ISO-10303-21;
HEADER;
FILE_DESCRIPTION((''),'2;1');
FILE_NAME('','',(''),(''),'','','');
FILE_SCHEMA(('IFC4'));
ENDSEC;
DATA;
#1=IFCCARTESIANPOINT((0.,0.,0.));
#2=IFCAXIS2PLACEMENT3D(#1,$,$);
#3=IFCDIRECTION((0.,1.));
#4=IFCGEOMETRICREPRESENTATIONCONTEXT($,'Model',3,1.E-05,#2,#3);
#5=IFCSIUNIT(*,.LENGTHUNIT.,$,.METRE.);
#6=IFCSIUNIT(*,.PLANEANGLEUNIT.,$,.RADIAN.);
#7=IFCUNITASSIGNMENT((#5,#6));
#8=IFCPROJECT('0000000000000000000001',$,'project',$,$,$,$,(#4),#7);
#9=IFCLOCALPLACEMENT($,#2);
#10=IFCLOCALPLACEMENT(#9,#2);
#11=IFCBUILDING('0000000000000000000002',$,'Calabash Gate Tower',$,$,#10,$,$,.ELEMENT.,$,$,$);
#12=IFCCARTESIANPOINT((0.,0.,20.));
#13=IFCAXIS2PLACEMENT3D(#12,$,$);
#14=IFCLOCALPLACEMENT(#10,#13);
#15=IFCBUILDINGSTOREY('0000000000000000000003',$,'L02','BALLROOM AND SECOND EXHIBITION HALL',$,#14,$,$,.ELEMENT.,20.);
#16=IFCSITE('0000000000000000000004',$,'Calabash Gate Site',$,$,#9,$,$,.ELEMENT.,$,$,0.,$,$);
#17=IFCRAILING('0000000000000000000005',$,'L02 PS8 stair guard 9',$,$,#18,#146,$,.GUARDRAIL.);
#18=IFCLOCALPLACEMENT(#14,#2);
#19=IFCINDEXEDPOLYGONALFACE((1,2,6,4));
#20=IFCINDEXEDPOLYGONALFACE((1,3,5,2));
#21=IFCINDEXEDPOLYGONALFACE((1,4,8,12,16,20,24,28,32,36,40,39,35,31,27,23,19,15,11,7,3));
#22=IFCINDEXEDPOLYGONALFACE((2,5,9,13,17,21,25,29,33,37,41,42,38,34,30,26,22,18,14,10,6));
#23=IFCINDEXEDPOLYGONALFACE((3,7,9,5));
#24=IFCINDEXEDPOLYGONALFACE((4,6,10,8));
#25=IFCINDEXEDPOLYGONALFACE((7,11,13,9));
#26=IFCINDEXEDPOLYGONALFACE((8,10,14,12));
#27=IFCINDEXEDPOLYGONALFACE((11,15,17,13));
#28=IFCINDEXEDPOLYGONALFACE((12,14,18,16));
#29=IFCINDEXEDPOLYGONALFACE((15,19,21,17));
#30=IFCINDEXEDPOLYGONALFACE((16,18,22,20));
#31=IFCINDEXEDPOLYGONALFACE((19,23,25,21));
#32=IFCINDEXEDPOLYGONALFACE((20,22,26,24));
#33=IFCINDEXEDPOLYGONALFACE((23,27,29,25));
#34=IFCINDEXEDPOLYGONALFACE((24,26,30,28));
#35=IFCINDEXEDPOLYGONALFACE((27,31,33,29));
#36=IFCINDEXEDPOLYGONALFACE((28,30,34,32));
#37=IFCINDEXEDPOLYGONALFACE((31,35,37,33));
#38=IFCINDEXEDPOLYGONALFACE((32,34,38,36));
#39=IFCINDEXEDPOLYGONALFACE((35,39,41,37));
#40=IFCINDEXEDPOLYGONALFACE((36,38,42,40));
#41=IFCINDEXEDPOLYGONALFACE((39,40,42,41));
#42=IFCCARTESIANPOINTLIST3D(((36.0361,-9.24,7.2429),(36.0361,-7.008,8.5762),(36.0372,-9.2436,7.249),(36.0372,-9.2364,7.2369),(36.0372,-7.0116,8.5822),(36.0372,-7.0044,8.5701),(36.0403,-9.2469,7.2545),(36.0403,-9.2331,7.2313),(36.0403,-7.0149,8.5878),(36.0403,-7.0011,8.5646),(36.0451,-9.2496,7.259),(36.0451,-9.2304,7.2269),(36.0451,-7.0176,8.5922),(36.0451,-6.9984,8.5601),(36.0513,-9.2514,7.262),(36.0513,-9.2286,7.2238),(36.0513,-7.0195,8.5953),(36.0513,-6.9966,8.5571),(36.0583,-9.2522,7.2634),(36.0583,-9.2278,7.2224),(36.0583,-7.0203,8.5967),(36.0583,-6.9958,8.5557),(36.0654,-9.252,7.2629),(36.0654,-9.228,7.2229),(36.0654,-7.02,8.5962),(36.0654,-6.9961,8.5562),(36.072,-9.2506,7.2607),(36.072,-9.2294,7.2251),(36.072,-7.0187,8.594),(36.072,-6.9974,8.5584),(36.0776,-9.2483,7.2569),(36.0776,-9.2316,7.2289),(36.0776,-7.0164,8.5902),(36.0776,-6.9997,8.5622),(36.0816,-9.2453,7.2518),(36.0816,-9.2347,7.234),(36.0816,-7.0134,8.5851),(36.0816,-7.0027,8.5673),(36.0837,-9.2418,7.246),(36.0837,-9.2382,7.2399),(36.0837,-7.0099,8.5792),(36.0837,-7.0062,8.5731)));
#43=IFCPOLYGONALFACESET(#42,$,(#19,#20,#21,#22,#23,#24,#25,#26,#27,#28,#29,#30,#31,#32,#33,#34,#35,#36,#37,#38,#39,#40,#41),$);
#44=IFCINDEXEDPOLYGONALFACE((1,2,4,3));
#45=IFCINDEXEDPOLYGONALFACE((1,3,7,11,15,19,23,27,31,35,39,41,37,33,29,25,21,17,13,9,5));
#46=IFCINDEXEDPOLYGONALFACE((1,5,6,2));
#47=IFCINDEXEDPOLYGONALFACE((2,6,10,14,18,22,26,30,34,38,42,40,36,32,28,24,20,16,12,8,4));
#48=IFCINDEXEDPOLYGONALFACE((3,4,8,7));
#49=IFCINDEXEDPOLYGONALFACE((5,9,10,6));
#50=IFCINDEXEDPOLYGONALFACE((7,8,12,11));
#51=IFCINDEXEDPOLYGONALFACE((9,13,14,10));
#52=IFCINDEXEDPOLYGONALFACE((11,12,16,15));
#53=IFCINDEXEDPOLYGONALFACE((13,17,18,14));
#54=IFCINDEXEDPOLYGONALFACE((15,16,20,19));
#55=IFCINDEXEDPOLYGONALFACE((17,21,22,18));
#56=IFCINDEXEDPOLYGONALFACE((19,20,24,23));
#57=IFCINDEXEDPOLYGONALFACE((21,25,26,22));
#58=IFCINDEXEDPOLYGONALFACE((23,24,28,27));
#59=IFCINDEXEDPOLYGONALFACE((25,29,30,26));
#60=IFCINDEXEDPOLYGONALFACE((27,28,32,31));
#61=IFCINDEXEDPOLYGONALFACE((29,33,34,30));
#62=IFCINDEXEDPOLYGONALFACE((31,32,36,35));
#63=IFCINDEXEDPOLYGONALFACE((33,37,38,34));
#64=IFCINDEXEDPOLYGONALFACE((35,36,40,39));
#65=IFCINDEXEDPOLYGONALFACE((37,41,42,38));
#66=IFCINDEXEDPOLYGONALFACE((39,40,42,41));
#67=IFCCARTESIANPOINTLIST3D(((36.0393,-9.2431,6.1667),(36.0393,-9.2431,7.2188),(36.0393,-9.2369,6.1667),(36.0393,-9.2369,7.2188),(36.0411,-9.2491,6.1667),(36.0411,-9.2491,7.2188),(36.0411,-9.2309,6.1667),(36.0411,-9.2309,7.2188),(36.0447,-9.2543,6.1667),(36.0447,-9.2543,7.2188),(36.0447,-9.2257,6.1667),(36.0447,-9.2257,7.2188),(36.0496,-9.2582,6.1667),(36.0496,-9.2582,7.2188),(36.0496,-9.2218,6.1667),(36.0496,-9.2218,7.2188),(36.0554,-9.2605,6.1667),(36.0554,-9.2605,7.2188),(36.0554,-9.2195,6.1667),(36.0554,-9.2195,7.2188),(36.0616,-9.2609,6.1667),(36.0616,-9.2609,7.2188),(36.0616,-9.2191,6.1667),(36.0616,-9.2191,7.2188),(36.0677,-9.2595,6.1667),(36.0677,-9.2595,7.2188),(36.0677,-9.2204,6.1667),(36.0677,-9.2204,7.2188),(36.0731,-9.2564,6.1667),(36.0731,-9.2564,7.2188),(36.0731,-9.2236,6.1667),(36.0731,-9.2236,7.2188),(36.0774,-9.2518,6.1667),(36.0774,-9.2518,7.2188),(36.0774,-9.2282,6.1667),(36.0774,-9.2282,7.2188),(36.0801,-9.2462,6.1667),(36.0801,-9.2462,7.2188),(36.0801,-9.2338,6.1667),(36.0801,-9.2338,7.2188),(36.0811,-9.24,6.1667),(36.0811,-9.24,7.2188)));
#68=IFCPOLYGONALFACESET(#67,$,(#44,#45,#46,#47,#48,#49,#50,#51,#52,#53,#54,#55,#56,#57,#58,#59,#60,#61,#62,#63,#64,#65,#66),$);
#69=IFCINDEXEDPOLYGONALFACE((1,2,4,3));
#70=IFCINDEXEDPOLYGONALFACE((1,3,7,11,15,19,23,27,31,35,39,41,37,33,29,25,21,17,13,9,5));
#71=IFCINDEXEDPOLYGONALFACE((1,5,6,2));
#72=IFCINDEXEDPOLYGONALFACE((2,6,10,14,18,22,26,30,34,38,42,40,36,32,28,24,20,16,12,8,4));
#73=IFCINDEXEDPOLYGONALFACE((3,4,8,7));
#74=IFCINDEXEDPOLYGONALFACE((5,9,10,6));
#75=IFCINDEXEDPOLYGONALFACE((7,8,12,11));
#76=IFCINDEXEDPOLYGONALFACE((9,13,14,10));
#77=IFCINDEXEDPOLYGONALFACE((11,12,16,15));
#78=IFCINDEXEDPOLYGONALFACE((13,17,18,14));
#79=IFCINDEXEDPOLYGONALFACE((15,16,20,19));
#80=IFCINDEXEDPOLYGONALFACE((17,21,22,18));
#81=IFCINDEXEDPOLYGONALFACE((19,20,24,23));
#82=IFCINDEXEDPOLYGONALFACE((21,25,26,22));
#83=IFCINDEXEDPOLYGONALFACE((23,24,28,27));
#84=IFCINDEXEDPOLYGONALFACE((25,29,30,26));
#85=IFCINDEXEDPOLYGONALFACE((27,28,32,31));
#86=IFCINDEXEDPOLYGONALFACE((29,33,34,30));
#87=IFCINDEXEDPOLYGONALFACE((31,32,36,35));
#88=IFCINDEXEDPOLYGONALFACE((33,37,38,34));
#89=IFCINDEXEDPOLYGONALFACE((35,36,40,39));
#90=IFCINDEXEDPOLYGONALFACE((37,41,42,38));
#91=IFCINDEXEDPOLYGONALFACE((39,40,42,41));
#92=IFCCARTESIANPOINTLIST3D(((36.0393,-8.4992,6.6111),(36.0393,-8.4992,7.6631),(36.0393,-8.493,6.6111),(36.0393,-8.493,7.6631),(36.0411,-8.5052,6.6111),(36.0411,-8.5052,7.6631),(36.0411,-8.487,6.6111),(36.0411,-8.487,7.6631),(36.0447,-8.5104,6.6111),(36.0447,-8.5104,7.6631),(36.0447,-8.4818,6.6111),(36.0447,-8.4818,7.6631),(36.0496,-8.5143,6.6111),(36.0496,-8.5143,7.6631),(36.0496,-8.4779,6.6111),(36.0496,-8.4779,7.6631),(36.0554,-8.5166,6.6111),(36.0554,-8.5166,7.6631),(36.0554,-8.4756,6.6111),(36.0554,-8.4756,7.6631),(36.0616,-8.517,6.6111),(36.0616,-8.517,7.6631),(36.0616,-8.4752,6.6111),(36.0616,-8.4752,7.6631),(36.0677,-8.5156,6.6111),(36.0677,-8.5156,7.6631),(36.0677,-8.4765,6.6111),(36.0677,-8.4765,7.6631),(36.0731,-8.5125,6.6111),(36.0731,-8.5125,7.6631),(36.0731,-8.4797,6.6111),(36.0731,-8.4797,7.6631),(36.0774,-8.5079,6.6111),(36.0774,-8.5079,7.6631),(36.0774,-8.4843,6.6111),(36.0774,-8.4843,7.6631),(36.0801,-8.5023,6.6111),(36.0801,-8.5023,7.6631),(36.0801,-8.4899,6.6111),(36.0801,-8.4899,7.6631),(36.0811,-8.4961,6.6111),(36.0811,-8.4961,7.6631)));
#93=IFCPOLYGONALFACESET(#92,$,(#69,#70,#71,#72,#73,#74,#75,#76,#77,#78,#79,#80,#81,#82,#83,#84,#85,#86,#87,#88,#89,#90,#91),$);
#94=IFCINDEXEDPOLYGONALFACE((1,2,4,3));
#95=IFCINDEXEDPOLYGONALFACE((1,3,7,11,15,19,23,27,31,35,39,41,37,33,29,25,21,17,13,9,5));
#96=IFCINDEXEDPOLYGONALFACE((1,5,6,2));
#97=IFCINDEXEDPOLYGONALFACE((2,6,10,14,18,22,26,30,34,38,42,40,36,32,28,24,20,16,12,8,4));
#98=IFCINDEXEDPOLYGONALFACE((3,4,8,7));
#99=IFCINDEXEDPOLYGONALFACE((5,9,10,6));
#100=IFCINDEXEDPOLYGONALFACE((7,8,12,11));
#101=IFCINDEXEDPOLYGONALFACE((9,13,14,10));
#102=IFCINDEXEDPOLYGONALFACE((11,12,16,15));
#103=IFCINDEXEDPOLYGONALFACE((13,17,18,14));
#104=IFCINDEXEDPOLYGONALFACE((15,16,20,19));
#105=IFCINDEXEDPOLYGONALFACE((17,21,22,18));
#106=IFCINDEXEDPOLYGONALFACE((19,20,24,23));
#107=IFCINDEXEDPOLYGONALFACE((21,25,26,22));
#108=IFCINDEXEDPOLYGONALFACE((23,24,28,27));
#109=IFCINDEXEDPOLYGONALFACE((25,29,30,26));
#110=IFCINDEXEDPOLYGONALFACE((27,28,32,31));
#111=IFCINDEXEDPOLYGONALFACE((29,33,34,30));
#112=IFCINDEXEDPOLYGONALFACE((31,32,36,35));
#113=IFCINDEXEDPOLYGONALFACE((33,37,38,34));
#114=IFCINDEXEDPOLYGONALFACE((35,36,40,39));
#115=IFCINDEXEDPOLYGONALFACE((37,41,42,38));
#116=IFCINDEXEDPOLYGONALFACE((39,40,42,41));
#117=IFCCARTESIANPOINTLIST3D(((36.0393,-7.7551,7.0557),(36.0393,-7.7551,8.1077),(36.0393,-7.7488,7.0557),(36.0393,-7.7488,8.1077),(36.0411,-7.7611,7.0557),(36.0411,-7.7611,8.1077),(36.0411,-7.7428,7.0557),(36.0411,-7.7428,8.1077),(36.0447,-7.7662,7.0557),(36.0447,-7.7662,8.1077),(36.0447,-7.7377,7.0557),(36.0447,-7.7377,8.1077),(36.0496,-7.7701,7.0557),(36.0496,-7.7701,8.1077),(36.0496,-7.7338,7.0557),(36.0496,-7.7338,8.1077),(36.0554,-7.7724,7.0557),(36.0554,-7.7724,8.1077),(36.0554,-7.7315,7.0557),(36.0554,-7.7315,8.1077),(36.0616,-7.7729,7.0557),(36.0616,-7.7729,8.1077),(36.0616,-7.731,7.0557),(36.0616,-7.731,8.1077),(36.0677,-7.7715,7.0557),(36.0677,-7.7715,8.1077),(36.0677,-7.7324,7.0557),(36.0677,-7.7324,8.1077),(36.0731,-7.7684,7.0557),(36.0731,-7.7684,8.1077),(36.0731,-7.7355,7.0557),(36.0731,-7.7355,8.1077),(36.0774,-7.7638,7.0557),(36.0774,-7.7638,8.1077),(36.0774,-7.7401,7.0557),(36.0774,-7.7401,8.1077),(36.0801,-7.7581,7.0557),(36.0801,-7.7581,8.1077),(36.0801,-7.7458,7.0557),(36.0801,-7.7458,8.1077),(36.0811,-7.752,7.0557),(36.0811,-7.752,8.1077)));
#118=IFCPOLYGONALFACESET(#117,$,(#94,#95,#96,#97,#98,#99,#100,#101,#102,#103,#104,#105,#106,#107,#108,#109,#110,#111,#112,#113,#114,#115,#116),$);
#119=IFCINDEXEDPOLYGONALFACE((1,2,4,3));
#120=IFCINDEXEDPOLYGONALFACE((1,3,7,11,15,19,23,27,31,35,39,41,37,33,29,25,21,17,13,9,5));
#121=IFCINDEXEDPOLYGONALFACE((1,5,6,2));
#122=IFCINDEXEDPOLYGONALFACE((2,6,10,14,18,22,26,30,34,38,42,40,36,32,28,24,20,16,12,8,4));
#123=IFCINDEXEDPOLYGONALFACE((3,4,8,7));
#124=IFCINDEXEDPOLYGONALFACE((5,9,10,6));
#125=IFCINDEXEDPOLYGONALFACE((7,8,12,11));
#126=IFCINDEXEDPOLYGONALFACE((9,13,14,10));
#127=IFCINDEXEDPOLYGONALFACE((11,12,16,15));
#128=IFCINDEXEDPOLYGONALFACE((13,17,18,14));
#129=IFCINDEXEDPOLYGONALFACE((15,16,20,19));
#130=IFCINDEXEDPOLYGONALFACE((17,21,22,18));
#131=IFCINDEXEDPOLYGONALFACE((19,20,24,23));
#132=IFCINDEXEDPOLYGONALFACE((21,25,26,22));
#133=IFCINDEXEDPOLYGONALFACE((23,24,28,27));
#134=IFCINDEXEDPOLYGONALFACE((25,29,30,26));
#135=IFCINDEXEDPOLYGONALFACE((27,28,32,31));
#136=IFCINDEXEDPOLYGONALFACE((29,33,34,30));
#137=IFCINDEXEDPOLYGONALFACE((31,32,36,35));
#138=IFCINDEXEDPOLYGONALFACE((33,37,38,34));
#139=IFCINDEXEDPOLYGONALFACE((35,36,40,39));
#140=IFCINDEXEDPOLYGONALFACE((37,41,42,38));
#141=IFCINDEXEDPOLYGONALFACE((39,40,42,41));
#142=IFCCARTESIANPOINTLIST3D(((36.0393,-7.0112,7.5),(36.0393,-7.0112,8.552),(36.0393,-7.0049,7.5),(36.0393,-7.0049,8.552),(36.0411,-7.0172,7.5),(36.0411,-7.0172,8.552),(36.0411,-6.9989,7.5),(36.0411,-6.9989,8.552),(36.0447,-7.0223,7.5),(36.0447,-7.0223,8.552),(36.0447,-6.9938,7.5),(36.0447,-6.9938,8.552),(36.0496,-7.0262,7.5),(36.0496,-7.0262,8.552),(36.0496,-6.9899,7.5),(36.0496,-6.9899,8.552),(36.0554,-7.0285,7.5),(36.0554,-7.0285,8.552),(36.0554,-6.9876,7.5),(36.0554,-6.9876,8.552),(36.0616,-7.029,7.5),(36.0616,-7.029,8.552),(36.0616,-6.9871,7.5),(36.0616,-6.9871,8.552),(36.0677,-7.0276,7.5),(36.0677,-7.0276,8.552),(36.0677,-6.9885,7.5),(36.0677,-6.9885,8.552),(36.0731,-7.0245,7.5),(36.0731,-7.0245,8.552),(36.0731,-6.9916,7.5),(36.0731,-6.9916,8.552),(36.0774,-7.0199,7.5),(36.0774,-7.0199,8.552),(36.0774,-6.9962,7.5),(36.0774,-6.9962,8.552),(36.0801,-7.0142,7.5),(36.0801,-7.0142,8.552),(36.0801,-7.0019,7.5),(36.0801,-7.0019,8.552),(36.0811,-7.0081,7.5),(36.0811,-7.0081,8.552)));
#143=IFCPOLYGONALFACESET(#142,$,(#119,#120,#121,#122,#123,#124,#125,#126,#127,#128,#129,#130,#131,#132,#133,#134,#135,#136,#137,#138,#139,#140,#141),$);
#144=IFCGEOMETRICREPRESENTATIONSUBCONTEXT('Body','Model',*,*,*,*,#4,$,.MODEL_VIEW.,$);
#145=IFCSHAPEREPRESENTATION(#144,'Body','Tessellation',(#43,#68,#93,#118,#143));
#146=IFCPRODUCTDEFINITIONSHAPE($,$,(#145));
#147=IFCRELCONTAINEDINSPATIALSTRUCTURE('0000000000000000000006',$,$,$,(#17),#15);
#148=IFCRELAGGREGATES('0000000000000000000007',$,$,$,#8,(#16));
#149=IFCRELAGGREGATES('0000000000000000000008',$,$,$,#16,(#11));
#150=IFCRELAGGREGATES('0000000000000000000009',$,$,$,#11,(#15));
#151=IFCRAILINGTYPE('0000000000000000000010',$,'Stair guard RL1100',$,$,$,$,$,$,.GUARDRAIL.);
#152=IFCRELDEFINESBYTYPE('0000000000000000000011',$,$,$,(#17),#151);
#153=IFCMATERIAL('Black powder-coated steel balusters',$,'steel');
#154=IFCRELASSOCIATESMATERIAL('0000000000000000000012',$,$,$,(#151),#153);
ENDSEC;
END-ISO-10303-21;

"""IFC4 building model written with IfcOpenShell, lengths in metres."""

from ifc_helpers import new_model, si_unit, direction, frame, origin, origin_2d, place, context, subcontext, project, spatial, circle, extrude, material, type_object, element, save


model = new_model("IFC4")

# Units and contexts
model_context = context("Model", 3, precision=1e-05, world=origin(), true_north=direction((0.0, 1.0)))
body_context = subcontext(model_context, "Body", "Model", "MODEL_VIEW")
ifc_project = project(units=[si_unit("LENGTHUNIT", "METRE"), si_unit("PLANEANGLEUNIT", "RADIAN")], contexts=[model_context])

# Site, building, storey
site_placement = place(None, origin())
site = spatial("IfcSite", under=ifc_project, at=site_placement, Name="Calabash Gate Site", CompositionType="ELEMENT", RefElevation=0.0)
building_placement = place(site_placement, origin())
building = spatial("IfcBuilding", under=site, at=building_placement, Name="Calabash Gate Tower", CompositionType="ELEMENT")
storey_placement = place(building_placement, frame((0.0, 0.0, 20.0)))
storey = spatial("IfcBuildingStorey", under=building, at=storey_placement, Name="L02", Description="BALLROOM AND SECOND EXHIBITION HALL", CompositionType="ELEMENT", Elevation=20.0)

# Railing
ifc_material_1 = material(Name="Black powder-coated steel balusters", Category="steel")
railing_type_1 = type_object("IfcRailingType", Name="Stair guard RL1100", PredefinedType="GUARDRAIL", material=ifc_material_1)
railing_1_placement = place(storey_placement, frame((36.0601, -9.24, 6.1667)))
element("IfcRailing", 1, at=railing_1_placement, inside=storey, type_object=railing_type_1, Name="L02 PS8 stair guard 9", PredefinedType="GUARDRAIL", context=body_context, shape_type="SweptSolid", body=[
    extrude(circle(Radius=0.0239, at=origin_2d()), frame((0.0, 0.0, 1.0762), z_axis=(0.0, 0.858494, 0.512824), x_axis=(-1.0, 0.0, 0.0)), (0.0, 0.0, 1.0), 2.5999),
    extrude(circle(Radius=0.021, at=origin_2d()), origin(), (0.0, 0.0, 1.0), 1.052),
    extrude(circle(Radius=0.021, at=origin_2d()), frame((0.0, 0.7439, 0.4443)), (0.0, 0.0, 1.0), 1.052),
    extrude(circle(Radius=0.021, at=origin_2d()), frame((0.0, 1.488, 0.8889)), (0.0, 0.0, 1.0), 1.052),
    extrude(circle(Radius=0.021, at=origin_2d()), frame((0.0, 2.2319, 1.3333)), (0.0, 0.0, 1.0), 1.052),
])

save(model, "model.ifc")
